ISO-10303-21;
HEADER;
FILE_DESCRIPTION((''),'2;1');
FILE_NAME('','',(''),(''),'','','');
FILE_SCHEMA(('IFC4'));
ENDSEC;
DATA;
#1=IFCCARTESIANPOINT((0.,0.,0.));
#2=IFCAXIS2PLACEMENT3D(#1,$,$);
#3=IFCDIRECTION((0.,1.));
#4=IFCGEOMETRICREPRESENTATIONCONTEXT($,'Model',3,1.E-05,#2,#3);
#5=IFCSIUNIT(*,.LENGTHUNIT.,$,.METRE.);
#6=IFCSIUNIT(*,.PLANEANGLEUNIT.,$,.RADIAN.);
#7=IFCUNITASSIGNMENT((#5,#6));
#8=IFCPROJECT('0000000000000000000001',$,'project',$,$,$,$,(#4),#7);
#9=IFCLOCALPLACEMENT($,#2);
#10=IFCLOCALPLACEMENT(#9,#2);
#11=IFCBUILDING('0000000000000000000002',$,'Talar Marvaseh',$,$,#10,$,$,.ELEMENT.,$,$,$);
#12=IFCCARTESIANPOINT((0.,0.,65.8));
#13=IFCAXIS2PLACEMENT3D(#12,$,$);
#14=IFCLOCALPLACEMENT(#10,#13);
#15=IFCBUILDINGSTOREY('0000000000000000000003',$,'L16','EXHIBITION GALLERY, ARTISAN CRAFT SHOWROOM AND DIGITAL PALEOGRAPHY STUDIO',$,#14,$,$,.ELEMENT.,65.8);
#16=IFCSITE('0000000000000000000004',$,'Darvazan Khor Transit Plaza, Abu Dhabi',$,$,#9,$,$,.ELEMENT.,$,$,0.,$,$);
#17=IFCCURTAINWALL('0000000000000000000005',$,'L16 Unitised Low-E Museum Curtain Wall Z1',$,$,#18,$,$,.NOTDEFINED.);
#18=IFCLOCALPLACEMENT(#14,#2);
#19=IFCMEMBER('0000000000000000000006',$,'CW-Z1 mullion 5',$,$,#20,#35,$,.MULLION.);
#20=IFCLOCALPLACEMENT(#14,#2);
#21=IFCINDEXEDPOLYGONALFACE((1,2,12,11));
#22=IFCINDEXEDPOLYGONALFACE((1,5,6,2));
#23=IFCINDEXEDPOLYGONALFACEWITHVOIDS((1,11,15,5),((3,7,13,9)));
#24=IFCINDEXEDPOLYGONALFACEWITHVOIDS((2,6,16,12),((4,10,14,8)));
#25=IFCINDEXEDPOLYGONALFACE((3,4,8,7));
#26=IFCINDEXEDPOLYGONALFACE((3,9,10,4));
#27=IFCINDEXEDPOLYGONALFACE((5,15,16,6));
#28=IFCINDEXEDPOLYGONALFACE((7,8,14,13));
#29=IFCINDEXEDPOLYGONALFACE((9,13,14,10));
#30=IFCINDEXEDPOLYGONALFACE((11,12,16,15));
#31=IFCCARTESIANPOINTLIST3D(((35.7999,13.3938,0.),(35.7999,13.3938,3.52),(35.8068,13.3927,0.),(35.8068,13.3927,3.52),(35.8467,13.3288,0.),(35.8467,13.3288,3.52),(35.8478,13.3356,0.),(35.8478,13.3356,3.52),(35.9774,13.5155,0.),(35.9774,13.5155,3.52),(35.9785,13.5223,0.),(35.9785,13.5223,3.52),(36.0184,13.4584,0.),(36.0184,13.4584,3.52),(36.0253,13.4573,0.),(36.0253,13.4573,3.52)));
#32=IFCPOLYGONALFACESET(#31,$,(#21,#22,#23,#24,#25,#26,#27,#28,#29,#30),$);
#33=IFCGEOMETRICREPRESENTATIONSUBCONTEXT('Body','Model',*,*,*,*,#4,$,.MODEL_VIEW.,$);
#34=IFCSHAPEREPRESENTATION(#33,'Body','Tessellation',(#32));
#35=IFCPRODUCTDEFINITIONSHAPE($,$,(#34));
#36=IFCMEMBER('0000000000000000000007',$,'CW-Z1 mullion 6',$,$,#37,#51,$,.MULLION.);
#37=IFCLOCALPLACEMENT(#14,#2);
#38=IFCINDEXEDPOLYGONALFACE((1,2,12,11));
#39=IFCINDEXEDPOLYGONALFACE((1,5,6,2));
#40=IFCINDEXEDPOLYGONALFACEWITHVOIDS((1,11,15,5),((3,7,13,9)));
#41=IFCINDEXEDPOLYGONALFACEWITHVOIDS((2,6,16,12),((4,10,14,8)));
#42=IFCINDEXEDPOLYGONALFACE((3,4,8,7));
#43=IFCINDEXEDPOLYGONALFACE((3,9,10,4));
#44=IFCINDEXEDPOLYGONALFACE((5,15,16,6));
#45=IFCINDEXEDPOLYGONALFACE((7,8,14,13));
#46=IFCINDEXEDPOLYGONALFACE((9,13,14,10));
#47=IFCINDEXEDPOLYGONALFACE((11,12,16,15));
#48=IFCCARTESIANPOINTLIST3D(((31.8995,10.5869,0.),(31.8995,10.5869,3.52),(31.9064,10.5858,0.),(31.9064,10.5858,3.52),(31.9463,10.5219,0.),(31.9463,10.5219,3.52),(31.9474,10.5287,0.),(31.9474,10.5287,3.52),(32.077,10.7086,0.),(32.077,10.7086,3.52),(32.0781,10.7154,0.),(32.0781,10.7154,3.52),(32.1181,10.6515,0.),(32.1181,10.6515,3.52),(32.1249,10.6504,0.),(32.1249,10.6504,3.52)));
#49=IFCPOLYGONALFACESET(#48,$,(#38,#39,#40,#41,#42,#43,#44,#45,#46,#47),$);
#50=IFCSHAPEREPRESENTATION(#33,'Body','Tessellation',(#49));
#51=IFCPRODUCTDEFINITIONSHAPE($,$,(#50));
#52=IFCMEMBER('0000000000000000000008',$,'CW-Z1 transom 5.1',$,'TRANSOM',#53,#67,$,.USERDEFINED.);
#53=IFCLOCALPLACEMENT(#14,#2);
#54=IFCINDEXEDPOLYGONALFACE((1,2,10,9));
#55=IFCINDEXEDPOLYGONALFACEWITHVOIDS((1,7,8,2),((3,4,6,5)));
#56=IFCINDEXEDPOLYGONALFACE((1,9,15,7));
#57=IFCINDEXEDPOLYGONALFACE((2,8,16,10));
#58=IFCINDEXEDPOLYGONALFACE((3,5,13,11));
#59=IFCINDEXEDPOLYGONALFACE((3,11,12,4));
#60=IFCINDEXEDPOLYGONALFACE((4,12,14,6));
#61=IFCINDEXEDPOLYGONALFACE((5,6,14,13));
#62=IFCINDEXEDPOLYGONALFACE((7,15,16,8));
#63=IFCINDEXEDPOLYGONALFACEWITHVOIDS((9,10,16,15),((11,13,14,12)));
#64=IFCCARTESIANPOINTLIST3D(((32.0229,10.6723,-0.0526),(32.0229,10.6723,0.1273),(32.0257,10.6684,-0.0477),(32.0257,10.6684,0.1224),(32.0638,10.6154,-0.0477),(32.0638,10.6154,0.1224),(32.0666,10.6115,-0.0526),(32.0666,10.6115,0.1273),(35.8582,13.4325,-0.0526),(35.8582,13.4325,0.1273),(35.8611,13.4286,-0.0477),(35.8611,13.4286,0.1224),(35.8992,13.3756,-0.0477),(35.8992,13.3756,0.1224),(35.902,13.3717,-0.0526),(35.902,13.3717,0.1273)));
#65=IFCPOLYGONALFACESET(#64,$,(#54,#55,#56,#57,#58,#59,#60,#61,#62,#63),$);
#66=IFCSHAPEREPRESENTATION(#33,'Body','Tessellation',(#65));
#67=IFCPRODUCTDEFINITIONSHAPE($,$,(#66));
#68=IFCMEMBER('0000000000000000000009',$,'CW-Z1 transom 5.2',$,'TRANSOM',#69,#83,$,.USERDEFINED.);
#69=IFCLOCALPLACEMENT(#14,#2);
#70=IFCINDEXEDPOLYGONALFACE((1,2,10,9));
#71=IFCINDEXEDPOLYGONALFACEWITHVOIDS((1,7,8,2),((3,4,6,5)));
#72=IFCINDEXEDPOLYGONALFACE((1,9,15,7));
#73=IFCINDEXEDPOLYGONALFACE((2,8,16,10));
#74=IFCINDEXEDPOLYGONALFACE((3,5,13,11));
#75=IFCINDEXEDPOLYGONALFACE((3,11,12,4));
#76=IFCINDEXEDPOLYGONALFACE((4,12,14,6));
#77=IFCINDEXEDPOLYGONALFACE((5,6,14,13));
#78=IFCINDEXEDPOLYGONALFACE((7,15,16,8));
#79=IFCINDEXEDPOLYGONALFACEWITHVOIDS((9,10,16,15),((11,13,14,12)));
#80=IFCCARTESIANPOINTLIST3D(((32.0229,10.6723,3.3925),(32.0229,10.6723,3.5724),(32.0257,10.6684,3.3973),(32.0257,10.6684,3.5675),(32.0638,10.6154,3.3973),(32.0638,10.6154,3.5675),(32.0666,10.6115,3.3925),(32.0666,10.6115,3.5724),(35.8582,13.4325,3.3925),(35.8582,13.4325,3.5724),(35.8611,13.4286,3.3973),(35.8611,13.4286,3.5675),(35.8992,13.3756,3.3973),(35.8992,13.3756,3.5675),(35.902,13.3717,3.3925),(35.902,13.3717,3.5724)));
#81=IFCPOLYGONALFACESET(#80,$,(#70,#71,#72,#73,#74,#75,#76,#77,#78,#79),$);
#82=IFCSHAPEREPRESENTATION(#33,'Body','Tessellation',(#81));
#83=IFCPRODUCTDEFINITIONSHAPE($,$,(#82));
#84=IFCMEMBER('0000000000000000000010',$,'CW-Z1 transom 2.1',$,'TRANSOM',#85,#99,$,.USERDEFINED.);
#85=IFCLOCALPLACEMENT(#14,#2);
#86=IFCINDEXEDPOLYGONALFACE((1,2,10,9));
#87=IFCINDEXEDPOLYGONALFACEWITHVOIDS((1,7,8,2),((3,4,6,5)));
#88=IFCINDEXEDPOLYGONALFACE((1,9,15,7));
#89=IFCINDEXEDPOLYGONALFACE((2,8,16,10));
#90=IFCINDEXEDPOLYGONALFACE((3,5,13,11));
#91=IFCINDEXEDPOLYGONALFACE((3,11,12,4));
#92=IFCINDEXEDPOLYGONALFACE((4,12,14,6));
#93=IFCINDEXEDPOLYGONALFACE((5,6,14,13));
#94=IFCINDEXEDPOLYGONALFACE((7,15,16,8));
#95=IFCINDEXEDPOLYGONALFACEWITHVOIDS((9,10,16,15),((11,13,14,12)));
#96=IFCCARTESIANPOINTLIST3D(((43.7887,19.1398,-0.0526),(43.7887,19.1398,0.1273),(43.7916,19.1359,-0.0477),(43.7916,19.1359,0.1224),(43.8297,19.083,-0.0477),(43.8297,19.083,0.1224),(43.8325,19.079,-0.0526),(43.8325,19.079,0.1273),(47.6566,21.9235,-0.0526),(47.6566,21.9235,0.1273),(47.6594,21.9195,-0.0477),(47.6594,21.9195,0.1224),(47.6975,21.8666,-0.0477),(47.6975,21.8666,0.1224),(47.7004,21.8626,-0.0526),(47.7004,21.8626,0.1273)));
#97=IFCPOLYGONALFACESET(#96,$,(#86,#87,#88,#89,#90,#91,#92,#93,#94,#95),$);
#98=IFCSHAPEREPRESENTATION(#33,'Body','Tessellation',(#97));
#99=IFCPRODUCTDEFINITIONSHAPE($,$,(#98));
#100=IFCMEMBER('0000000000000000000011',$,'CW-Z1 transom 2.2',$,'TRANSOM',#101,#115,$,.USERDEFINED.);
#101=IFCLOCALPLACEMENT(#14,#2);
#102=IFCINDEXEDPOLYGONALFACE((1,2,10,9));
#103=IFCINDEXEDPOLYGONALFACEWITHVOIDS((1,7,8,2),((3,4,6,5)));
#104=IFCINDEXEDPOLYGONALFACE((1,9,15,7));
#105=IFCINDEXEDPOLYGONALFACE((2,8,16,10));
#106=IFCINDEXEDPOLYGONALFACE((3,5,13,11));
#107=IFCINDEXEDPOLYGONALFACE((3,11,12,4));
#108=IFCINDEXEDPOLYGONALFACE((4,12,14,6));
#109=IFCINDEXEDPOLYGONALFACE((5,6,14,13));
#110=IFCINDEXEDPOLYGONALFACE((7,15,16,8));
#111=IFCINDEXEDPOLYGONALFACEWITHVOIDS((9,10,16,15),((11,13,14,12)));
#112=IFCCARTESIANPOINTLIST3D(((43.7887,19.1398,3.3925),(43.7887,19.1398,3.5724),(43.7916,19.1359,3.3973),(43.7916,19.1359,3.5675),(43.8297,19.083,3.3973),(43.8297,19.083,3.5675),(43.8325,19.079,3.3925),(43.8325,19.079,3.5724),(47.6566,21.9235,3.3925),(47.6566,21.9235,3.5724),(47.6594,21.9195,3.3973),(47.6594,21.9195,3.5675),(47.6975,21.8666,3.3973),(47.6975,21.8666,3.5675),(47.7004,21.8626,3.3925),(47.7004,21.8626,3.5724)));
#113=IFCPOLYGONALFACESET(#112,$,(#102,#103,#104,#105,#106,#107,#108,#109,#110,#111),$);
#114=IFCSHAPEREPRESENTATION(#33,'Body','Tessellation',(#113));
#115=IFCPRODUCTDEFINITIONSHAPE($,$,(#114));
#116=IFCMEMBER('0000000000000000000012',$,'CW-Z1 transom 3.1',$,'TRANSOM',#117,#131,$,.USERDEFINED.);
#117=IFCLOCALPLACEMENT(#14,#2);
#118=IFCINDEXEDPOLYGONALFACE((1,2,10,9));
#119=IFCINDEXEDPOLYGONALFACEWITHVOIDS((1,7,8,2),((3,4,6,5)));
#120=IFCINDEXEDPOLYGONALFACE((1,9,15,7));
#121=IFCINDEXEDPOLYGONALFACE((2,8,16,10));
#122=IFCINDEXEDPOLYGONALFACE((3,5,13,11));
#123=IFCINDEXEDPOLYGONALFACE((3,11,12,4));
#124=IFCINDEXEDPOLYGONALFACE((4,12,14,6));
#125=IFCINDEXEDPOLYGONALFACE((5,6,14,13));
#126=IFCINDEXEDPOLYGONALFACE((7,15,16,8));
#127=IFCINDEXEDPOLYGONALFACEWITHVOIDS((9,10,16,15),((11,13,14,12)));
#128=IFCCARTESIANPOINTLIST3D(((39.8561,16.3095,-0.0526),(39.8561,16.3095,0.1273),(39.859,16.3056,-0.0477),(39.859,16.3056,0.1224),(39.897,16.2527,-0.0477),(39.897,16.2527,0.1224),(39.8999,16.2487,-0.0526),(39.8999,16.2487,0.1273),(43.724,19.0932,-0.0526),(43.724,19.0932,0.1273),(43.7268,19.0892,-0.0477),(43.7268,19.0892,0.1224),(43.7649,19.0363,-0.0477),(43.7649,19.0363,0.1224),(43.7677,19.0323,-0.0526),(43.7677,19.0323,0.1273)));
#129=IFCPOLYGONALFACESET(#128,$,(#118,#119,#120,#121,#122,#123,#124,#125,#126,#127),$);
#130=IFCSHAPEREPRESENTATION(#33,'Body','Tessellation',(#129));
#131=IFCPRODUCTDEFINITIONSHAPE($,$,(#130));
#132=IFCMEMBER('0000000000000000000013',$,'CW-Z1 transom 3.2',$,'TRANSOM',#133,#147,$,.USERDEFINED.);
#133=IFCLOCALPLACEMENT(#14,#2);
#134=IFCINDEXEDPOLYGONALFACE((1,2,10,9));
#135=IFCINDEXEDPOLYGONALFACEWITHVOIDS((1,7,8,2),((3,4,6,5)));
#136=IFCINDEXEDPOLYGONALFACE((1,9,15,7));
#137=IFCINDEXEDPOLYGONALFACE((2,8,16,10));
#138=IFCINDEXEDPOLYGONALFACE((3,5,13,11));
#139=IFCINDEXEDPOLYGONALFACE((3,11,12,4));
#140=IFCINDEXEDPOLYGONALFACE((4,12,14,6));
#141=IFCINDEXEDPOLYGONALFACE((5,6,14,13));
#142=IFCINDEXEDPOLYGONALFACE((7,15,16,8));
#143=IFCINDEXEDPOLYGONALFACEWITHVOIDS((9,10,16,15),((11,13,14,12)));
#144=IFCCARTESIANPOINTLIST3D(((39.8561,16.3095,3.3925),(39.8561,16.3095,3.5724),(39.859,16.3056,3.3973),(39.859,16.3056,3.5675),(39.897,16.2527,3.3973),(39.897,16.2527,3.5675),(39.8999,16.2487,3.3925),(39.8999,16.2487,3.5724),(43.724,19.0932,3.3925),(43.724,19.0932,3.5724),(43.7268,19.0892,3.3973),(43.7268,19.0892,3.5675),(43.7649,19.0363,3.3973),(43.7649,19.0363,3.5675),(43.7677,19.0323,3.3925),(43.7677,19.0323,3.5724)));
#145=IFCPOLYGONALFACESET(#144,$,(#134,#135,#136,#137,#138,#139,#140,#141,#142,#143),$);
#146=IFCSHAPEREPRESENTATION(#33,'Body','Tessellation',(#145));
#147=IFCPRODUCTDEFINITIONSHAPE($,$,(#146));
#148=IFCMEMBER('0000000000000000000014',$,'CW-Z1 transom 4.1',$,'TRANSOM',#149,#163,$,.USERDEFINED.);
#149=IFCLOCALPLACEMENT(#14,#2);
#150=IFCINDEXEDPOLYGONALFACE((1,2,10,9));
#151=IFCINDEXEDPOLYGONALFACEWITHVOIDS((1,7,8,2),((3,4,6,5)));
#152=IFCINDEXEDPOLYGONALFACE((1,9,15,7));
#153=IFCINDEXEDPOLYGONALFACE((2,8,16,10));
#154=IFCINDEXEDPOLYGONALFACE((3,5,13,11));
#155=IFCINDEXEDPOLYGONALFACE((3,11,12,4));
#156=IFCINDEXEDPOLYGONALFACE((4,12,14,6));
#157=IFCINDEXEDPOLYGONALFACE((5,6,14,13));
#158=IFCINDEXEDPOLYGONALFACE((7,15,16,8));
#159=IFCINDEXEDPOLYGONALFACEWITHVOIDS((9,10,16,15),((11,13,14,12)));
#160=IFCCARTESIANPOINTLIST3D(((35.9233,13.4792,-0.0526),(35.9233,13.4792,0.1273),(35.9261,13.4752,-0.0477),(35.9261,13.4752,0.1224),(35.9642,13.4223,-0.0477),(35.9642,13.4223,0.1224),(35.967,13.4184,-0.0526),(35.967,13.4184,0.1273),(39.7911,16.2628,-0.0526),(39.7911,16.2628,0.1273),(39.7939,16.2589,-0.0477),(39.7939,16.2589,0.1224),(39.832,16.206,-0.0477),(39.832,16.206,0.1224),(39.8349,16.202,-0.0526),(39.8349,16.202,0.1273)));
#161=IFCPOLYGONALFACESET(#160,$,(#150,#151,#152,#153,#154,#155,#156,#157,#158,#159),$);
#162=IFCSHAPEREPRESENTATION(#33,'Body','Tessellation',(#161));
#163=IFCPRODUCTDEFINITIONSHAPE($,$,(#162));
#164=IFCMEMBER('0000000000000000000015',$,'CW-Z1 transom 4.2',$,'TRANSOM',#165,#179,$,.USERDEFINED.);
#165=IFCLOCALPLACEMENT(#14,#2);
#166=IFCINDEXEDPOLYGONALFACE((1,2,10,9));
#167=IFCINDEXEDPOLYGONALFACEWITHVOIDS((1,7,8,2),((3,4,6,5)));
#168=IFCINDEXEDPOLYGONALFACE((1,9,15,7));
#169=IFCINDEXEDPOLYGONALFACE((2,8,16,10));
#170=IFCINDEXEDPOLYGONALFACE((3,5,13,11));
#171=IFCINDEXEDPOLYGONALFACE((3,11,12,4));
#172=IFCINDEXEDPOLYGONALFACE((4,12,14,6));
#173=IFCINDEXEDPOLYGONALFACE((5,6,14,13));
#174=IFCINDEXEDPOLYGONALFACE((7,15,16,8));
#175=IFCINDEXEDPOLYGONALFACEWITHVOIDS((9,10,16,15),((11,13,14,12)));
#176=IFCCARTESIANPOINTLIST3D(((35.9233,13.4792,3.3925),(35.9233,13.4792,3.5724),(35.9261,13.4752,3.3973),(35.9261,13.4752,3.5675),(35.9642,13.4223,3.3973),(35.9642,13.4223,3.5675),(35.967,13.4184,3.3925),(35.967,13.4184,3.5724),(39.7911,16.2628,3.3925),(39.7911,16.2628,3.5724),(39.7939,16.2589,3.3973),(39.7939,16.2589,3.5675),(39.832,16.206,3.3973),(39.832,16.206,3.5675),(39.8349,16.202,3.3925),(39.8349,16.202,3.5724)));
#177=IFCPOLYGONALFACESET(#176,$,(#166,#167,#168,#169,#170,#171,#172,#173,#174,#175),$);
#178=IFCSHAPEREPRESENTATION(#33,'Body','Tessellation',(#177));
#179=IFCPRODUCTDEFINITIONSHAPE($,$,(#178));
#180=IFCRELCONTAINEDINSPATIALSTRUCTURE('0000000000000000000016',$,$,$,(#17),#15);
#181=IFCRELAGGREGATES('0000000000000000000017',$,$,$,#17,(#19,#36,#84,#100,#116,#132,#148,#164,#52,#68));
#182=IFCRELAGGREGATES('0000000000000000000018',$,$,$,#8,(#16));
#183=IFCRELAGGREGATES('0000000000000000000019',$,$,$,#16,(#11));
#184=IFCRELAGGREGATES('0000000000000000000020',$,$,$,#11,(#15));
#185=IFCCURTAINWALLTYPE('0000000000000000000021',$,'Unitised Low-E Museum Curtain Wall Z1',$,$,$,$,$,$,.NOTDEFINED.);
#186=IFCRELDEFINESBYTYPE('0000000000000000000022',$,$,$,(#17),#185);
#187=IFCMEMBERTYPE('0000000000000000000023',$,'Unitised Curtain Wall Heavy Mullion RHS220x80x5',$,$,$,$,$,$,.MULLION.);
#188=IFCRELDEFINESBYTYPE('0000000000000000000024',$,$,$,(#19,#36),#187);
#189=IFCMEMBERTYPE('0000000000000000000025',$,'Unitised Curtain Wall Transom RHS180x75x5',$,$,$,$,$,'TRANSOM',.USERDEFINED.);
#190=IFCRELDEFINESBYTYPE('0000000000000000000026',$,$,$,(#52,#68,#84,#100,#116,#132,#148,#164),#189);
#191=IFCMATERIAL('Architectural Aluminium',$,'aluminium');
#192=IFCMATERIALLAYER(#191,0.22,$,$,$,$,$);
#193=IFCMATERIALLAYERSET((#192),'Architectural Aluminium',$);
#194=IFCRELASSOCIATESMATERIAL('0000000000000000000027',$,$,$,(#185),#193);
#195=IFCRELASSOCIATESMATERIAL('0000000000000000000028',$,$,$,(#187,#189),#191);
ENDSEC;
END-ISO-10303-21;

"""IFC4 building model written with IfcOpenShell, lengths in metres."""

from ifc_helpers import new_model, si_unit, direction, frame, origin, origin_2d, place, context, subcontext, project, spatial, hollow_rectangle, extrude, source, transform, mapped, material, layer, layer_set, material_profile, profile_set, type_object, type_shapes, element, aggregate, save


model = new_model("IFC4")

# Units and contexts
model_context = context("Model", 3, precision=1e-05, world=origin(), true_north=direction((0.0, 1.0)))
body_context = subcontext(model_context, "Body", "Model", "MODEL_VIEW")
ifc_project = project(units=[si_unit("LENGTHUNIT", "METRE"), si_unit("PLANEANGLEUNIT", "RADIAN")], contexts=[model_context])

# Site, building, storey
site_placement = place(None, origin())
site = spatial("IfcSite", under=ifc_project, at=site_placement, Name="Darvazan Khor Transit Plaza, Abu Dhabi", CompositionType="ELEMENT", RefElevation=0.0)
building_placement = place(site_placement, origin())
building = spatial("IfcBuilding", under=site, at=building_placement, Name="Talar Marvaseh", CompositionType="ELEMENT")
storey_placement = place(building_placement, frame((0.0, 0.0, 65.8)))
storey = spatial("IfcBuildingStorey", under=building, at=storey_placement, Name="L16", Description="EXHIBITION GALLERY, ARTISAN CRAFT SHOWROOM AND DIGITAL PALEOGRAPHY STUDIO", CompositionType="ELEMENT", Elevation=65.8)

# Curtain wall, members
ifc_material_1 = material(Name="Architectural Aluminium", Category="aluminium")
ifc_layer_1 = layer(ifc_material_1, 0.22)
ifc_layer_set_1 = layer_set([ifc_layer_1], Name="Architectural Aluminium")
curtain_wall_type = type_object("IfcCurtainWallType", Name="Unitised Low-E Museum Curtain Wall Z1", PredefinedType="NOTDEFINED", material=ifc_layer_set_1)
curtain_wall_placement = place(storey_placement, origin())
curtain_wall = element("IfcCurtainWall", 1, at=curtain_wall_placement, inside=storey, type_object=curtain_wall_type, Name="L16 Unitised Low-E Museum Curtain Wall Z1", PredefinedType="NOTDEFINED")
ifc_material_profile_1 = material_profile(ifc_material_1, hollow_rectangle(XDim=0.0801, YDim=0.22, WallThickness=0.0049, at=origin_2d()), Name="RHS220x80x5")
ifc_profile_set_1 = profile_set([ifc_material_profile_1], Name="Architectural Aluminium")
member_type_1 = type_object("IfcMemberType", Name="Unitised Curtain Wall Heavy Mullion RHS220x80x5", PredefinedType="MULLION", material=ifc_profile_set_1)
shared_shape_1 = source(origin(), body_context, "Body", "SweptSolid", [
    extrude(hollow_rectangle(XDim=0.0801, YDim=0.22, WallThickness=0.0049, at=origin_2d()), origin(), (0.0, 0.0, 1.0), 3.52),
])
type_shapes(member_type_1, [shared_shape_1])
member_1_placement = place(storey_placement, frame((35.9126, 13.4255, 0.0), z_axis=(0.0, 0.0, 1.0), x_axis=(0.584123, -0.811665, 0.0)))
member_1 = element("IfcMember", 2, at=member_1_placement, type_object=member_type_1, Name="CW-Z1 mullion 5", PredefinedType="MULLION", context=body_context, shape_type="MappedRepresentation", body=[
    mapped(shared_shape_1, transform((0.0, 0.0, 0.0), x_axis=(1.0, 0.0, 0.0), y_axis=(0.0, 1.0, 0.0), z_axis=(0.0, 0.0, 1.0), scale=1.0)),
])
member_2_placement = place(storey_placement, frame((32.0122, 10.6187, 0.0), z_axis=(0.0, 0.0, 1.0), x_axis=(0.584123, -0.811665, 0.0)))
member_2 = element("IfcMember", 3, at=member_2_placement, type_object=member_type_1, Name="CW-Z1 mullion 6", PredefinedType="MULLION", context=body_context, shape_type="MappedRepresentation", body=[
    mapped(shared_shape_1, transform((0.0, 0.0, 0.0), x_axis=(1.0, 0.0, 0.0), y_axis=(0.0, 1.0, 0.0), z_axis=(0.0, 0.0, 1.0), scale=1.0)),
])
ifc_material_profile_2 = material_profile(ifc_material_1, hollow_rectangle(XDim=0.075, YDim=0.1799, WallThickness=0.0049, at=origin_2d()), Name="RHS180x75x5")
ifc_profile_set_2 = profile_set([ifc_material_profile_2], Name="Architectural Aluminium")
member_type_2 = type_object("IfcMemberType", Name="Unitised Curtain Wall Transom RHS180x75x5", ElementType="TRANSOM", PredefinedType="USERDEFINED", material=ifc_profile_set_2)
shared_shape_2 = source(origin(), body_context, "Body", "SweptSolid", [
    extrude(hollow_rectangle(XDim=0.075, YDim=0.1799, WallThickness=0.0049, at=origin_2d()), origin(), (0.0, 0.0, 1.0), 4.7253),
])
member_3_placement = place(storey_placement, frame((35.8801, 13.4021, 0.0374), z_axis=(-0.811662, -0.584128, 0.0), x_axis=(0.584128, -0.811662, 0.0)))
member_3 = element("IfcMember", 4, at=member_3_placement, type_object=member_type_2, Name="CW-Z1 transom 5.1", ObjectType="TRANSOM", PredefinedType="USERDEFINED", context=body_context, shape_type="MappedRepresentation", body=[
    mapped(shared_shape_2, transform((0.0, 0.0, 0.0), x_axis=(1.0, 0.0, 0.0), y_axis=(0.0, 1.0, 0.0), z_axis=(0.0, 0.0, 1.0), scale=1.0)),
])
member_4_placement = place(storey_placement, frame((35.8801, 13.4021, 3.4824), z_axis=(-0.811662, -0.584128, 0.0), x_axis=(0.584128, -0.811662, 0.0)))
member_4 = element("IfcMember", 5, at=member_4_placement, type_object=member_type_2, Name="CW-Z1 transom 5.2", ObjectType="TRANSOM", PredefinedType="USERDEFINED", context=body_context, shape_type="MappedRepresentation", body=[
    mapped(shared_shape_2, transform((0.0, 0.0, 0.0), x_axis=(1.0, 0.0, 0.0), y_axis=(0.0, 1.0, 0.0), z_axis=(0.0, 0.0, 1.0), scale=1.0)),
])
shared_shape_3 = source(origin(), body_context, "Body", "SweptSolid", [
    extrude(hollow_rectangle(XDim=0.075, YDim=0.1799, WallThickness=0.0049, at=origin_2d()), origin(), (0.0, 0.0, 1.0), 4.7654),
])
type_shapes(member_type_2, [shared_shape_2, shared_shape_3])
member_5_placement = place(storey_placement, frame((47.6785, 21.8931, 0.0374), z_axis=(-0.811655, -0.584137, 0.0), x_axis=(0.584137, -0.811655, 0.0)))
member_5 = element("IfcMember", 6, at=member_5_placement, type_object=member_type_2, Name="CW-Z1 transom 2.1", ObjectType="TRANSOM", PredefinedType="USERDEFINED", context=body_context, shape_type="MappedRepresentation", body=[
    mapped(shared_shape_3, transform((0.0, 0.0, 0.0), x_axis=(1.0, 0.0, 0.0), y_axis=(0.0, 1.0, 0.0), z_axis=(0.0, 0.0, 1.0), scale=1.0)),
])
member_6_placement = place(storey_placement, frame((47.6785, 21.8931, 3.4824), z_axis=(-0.811655, -0.584137, 0.0), x_axis=(0.584137, -0.811655, 0.0)))
member_6 = element("IfcMember", 7, at=member_6_placement, type_object=member_type_2, Name="CW-Z1 transom 2.2", ObjectType="TRANSOM", PredefinedType="USERDEFINED", context=body_context, shape_type="MappedRepresentation", body=[
    mapped(shared_shape_3, transform((0.0, 0.0, 0.0), x_axis=(1.0, 0.0, 0.0), y_axis=(0.0, 1.0, 0.0), z_axis=(0.0, 0.0, 1.0), scale=1.0)),
])
member_7_placement = place(storey_placement, frame((43.7458, 19.0627, 0.0374), z_axis=(-0.811655, -0.584137, 0.0), x_axis=(0.584137, -0.811655, 0.0)))
member_7 = element("IfcMember", 8, at=member_7_placement, type_object=member_type_2, Name="CW-Z1 transom 3.1", ObjectType="TRANSOM", PredefinedType="USERDEFINED", context=body_context, shape_type="MappedRepresentation", body=[
    mapped(shared_shape_3, transform((0.0, 0.0, 0.0), x_axis=(1.0, 0.0, 0.0), y_axis=(0.0, 1.0, 0.0), z_axis=(0.0, 0.0, 1.0), scale=1.0)),
])
member_8_placement = place(storey_placement, frame((43.7458, 19.0627, 3.4824), z_axis=(-0.811655, -0.584137, 0.0), x_axis=(0.584137, -0.811655, 0.0)))
member_8 = element("IfcMember", 9, at=member_8_placement, type_object=member_type_2, Name="CW-Z1 transom 3.2", ObjectType="TRANSOM", PredefinedType="USERDEFINED", context=body_context, shape_type="MappedRepresentation", body=[
    mapped(shared_shape_3, transform((0.0, 0.0, 0.0), x_axis=(1.0, 0.0, 0.0), y_axis=(0.0, 1.0, 0.0), z_axis=(0.0, 0.0, 1.0), scale=1.0)),
])
member_9_placement = place(storey_placement, frame((39.813, 16.2324, 0.0374), z_axis=(-0.811655, -0.584137, 0.0), x_axis=(0.584137, -0.811655, 0.0)))
member_9 = element("IfcMember", 10, at=member_9_placement, type_object=member_type_2, Name="CW-Z1 transom 4.1", ObjectType="TRANSOM", PredefinedType="USERDEFINED", context=body_context, shape_type="MappedRepresentation", body=[
    mapped(shared_shape_3, transform((0.0, 0.0, 0.0), x_axis=(1.0, 0.0, 0.0), y_axis=(0.0, 1.0, 0.0), z_axis=(0.0, 0.0, 1.0), scale=1.0)),
])
member_10_placement = place(storey_placement, frame((39.813, 16.2324, 3.4824), z_axis=(-0.811655, -0.584137, 0.0), x_axis=(0.584137, -0.811655, 0.0)))
member_10 = element("IfcMember", 11, at=member_10_placement, type_object=member_type_2, Name="CW-Z1 transom 4.2", ObjectType="TRANSOM", PredefinedType="USERDEFINED", context=body_context, shape_type="MappedRepresentation", body=[
    mapped(shared_shape_3, transform((0.0, 0.0, 0.0), x_axis=(1.0, 0.0, 0.0), y_axis=(0.0, 1.0, 0.0), z_axis=(0.0, 0.0, 1.0), scale=1.0)),
])
aggregate(curtain_wall, [member_1, member_2, member_5, member_6, member_7, member_8, member_9, member_10, member_3, member_4])

save(model, "model.ifc")
